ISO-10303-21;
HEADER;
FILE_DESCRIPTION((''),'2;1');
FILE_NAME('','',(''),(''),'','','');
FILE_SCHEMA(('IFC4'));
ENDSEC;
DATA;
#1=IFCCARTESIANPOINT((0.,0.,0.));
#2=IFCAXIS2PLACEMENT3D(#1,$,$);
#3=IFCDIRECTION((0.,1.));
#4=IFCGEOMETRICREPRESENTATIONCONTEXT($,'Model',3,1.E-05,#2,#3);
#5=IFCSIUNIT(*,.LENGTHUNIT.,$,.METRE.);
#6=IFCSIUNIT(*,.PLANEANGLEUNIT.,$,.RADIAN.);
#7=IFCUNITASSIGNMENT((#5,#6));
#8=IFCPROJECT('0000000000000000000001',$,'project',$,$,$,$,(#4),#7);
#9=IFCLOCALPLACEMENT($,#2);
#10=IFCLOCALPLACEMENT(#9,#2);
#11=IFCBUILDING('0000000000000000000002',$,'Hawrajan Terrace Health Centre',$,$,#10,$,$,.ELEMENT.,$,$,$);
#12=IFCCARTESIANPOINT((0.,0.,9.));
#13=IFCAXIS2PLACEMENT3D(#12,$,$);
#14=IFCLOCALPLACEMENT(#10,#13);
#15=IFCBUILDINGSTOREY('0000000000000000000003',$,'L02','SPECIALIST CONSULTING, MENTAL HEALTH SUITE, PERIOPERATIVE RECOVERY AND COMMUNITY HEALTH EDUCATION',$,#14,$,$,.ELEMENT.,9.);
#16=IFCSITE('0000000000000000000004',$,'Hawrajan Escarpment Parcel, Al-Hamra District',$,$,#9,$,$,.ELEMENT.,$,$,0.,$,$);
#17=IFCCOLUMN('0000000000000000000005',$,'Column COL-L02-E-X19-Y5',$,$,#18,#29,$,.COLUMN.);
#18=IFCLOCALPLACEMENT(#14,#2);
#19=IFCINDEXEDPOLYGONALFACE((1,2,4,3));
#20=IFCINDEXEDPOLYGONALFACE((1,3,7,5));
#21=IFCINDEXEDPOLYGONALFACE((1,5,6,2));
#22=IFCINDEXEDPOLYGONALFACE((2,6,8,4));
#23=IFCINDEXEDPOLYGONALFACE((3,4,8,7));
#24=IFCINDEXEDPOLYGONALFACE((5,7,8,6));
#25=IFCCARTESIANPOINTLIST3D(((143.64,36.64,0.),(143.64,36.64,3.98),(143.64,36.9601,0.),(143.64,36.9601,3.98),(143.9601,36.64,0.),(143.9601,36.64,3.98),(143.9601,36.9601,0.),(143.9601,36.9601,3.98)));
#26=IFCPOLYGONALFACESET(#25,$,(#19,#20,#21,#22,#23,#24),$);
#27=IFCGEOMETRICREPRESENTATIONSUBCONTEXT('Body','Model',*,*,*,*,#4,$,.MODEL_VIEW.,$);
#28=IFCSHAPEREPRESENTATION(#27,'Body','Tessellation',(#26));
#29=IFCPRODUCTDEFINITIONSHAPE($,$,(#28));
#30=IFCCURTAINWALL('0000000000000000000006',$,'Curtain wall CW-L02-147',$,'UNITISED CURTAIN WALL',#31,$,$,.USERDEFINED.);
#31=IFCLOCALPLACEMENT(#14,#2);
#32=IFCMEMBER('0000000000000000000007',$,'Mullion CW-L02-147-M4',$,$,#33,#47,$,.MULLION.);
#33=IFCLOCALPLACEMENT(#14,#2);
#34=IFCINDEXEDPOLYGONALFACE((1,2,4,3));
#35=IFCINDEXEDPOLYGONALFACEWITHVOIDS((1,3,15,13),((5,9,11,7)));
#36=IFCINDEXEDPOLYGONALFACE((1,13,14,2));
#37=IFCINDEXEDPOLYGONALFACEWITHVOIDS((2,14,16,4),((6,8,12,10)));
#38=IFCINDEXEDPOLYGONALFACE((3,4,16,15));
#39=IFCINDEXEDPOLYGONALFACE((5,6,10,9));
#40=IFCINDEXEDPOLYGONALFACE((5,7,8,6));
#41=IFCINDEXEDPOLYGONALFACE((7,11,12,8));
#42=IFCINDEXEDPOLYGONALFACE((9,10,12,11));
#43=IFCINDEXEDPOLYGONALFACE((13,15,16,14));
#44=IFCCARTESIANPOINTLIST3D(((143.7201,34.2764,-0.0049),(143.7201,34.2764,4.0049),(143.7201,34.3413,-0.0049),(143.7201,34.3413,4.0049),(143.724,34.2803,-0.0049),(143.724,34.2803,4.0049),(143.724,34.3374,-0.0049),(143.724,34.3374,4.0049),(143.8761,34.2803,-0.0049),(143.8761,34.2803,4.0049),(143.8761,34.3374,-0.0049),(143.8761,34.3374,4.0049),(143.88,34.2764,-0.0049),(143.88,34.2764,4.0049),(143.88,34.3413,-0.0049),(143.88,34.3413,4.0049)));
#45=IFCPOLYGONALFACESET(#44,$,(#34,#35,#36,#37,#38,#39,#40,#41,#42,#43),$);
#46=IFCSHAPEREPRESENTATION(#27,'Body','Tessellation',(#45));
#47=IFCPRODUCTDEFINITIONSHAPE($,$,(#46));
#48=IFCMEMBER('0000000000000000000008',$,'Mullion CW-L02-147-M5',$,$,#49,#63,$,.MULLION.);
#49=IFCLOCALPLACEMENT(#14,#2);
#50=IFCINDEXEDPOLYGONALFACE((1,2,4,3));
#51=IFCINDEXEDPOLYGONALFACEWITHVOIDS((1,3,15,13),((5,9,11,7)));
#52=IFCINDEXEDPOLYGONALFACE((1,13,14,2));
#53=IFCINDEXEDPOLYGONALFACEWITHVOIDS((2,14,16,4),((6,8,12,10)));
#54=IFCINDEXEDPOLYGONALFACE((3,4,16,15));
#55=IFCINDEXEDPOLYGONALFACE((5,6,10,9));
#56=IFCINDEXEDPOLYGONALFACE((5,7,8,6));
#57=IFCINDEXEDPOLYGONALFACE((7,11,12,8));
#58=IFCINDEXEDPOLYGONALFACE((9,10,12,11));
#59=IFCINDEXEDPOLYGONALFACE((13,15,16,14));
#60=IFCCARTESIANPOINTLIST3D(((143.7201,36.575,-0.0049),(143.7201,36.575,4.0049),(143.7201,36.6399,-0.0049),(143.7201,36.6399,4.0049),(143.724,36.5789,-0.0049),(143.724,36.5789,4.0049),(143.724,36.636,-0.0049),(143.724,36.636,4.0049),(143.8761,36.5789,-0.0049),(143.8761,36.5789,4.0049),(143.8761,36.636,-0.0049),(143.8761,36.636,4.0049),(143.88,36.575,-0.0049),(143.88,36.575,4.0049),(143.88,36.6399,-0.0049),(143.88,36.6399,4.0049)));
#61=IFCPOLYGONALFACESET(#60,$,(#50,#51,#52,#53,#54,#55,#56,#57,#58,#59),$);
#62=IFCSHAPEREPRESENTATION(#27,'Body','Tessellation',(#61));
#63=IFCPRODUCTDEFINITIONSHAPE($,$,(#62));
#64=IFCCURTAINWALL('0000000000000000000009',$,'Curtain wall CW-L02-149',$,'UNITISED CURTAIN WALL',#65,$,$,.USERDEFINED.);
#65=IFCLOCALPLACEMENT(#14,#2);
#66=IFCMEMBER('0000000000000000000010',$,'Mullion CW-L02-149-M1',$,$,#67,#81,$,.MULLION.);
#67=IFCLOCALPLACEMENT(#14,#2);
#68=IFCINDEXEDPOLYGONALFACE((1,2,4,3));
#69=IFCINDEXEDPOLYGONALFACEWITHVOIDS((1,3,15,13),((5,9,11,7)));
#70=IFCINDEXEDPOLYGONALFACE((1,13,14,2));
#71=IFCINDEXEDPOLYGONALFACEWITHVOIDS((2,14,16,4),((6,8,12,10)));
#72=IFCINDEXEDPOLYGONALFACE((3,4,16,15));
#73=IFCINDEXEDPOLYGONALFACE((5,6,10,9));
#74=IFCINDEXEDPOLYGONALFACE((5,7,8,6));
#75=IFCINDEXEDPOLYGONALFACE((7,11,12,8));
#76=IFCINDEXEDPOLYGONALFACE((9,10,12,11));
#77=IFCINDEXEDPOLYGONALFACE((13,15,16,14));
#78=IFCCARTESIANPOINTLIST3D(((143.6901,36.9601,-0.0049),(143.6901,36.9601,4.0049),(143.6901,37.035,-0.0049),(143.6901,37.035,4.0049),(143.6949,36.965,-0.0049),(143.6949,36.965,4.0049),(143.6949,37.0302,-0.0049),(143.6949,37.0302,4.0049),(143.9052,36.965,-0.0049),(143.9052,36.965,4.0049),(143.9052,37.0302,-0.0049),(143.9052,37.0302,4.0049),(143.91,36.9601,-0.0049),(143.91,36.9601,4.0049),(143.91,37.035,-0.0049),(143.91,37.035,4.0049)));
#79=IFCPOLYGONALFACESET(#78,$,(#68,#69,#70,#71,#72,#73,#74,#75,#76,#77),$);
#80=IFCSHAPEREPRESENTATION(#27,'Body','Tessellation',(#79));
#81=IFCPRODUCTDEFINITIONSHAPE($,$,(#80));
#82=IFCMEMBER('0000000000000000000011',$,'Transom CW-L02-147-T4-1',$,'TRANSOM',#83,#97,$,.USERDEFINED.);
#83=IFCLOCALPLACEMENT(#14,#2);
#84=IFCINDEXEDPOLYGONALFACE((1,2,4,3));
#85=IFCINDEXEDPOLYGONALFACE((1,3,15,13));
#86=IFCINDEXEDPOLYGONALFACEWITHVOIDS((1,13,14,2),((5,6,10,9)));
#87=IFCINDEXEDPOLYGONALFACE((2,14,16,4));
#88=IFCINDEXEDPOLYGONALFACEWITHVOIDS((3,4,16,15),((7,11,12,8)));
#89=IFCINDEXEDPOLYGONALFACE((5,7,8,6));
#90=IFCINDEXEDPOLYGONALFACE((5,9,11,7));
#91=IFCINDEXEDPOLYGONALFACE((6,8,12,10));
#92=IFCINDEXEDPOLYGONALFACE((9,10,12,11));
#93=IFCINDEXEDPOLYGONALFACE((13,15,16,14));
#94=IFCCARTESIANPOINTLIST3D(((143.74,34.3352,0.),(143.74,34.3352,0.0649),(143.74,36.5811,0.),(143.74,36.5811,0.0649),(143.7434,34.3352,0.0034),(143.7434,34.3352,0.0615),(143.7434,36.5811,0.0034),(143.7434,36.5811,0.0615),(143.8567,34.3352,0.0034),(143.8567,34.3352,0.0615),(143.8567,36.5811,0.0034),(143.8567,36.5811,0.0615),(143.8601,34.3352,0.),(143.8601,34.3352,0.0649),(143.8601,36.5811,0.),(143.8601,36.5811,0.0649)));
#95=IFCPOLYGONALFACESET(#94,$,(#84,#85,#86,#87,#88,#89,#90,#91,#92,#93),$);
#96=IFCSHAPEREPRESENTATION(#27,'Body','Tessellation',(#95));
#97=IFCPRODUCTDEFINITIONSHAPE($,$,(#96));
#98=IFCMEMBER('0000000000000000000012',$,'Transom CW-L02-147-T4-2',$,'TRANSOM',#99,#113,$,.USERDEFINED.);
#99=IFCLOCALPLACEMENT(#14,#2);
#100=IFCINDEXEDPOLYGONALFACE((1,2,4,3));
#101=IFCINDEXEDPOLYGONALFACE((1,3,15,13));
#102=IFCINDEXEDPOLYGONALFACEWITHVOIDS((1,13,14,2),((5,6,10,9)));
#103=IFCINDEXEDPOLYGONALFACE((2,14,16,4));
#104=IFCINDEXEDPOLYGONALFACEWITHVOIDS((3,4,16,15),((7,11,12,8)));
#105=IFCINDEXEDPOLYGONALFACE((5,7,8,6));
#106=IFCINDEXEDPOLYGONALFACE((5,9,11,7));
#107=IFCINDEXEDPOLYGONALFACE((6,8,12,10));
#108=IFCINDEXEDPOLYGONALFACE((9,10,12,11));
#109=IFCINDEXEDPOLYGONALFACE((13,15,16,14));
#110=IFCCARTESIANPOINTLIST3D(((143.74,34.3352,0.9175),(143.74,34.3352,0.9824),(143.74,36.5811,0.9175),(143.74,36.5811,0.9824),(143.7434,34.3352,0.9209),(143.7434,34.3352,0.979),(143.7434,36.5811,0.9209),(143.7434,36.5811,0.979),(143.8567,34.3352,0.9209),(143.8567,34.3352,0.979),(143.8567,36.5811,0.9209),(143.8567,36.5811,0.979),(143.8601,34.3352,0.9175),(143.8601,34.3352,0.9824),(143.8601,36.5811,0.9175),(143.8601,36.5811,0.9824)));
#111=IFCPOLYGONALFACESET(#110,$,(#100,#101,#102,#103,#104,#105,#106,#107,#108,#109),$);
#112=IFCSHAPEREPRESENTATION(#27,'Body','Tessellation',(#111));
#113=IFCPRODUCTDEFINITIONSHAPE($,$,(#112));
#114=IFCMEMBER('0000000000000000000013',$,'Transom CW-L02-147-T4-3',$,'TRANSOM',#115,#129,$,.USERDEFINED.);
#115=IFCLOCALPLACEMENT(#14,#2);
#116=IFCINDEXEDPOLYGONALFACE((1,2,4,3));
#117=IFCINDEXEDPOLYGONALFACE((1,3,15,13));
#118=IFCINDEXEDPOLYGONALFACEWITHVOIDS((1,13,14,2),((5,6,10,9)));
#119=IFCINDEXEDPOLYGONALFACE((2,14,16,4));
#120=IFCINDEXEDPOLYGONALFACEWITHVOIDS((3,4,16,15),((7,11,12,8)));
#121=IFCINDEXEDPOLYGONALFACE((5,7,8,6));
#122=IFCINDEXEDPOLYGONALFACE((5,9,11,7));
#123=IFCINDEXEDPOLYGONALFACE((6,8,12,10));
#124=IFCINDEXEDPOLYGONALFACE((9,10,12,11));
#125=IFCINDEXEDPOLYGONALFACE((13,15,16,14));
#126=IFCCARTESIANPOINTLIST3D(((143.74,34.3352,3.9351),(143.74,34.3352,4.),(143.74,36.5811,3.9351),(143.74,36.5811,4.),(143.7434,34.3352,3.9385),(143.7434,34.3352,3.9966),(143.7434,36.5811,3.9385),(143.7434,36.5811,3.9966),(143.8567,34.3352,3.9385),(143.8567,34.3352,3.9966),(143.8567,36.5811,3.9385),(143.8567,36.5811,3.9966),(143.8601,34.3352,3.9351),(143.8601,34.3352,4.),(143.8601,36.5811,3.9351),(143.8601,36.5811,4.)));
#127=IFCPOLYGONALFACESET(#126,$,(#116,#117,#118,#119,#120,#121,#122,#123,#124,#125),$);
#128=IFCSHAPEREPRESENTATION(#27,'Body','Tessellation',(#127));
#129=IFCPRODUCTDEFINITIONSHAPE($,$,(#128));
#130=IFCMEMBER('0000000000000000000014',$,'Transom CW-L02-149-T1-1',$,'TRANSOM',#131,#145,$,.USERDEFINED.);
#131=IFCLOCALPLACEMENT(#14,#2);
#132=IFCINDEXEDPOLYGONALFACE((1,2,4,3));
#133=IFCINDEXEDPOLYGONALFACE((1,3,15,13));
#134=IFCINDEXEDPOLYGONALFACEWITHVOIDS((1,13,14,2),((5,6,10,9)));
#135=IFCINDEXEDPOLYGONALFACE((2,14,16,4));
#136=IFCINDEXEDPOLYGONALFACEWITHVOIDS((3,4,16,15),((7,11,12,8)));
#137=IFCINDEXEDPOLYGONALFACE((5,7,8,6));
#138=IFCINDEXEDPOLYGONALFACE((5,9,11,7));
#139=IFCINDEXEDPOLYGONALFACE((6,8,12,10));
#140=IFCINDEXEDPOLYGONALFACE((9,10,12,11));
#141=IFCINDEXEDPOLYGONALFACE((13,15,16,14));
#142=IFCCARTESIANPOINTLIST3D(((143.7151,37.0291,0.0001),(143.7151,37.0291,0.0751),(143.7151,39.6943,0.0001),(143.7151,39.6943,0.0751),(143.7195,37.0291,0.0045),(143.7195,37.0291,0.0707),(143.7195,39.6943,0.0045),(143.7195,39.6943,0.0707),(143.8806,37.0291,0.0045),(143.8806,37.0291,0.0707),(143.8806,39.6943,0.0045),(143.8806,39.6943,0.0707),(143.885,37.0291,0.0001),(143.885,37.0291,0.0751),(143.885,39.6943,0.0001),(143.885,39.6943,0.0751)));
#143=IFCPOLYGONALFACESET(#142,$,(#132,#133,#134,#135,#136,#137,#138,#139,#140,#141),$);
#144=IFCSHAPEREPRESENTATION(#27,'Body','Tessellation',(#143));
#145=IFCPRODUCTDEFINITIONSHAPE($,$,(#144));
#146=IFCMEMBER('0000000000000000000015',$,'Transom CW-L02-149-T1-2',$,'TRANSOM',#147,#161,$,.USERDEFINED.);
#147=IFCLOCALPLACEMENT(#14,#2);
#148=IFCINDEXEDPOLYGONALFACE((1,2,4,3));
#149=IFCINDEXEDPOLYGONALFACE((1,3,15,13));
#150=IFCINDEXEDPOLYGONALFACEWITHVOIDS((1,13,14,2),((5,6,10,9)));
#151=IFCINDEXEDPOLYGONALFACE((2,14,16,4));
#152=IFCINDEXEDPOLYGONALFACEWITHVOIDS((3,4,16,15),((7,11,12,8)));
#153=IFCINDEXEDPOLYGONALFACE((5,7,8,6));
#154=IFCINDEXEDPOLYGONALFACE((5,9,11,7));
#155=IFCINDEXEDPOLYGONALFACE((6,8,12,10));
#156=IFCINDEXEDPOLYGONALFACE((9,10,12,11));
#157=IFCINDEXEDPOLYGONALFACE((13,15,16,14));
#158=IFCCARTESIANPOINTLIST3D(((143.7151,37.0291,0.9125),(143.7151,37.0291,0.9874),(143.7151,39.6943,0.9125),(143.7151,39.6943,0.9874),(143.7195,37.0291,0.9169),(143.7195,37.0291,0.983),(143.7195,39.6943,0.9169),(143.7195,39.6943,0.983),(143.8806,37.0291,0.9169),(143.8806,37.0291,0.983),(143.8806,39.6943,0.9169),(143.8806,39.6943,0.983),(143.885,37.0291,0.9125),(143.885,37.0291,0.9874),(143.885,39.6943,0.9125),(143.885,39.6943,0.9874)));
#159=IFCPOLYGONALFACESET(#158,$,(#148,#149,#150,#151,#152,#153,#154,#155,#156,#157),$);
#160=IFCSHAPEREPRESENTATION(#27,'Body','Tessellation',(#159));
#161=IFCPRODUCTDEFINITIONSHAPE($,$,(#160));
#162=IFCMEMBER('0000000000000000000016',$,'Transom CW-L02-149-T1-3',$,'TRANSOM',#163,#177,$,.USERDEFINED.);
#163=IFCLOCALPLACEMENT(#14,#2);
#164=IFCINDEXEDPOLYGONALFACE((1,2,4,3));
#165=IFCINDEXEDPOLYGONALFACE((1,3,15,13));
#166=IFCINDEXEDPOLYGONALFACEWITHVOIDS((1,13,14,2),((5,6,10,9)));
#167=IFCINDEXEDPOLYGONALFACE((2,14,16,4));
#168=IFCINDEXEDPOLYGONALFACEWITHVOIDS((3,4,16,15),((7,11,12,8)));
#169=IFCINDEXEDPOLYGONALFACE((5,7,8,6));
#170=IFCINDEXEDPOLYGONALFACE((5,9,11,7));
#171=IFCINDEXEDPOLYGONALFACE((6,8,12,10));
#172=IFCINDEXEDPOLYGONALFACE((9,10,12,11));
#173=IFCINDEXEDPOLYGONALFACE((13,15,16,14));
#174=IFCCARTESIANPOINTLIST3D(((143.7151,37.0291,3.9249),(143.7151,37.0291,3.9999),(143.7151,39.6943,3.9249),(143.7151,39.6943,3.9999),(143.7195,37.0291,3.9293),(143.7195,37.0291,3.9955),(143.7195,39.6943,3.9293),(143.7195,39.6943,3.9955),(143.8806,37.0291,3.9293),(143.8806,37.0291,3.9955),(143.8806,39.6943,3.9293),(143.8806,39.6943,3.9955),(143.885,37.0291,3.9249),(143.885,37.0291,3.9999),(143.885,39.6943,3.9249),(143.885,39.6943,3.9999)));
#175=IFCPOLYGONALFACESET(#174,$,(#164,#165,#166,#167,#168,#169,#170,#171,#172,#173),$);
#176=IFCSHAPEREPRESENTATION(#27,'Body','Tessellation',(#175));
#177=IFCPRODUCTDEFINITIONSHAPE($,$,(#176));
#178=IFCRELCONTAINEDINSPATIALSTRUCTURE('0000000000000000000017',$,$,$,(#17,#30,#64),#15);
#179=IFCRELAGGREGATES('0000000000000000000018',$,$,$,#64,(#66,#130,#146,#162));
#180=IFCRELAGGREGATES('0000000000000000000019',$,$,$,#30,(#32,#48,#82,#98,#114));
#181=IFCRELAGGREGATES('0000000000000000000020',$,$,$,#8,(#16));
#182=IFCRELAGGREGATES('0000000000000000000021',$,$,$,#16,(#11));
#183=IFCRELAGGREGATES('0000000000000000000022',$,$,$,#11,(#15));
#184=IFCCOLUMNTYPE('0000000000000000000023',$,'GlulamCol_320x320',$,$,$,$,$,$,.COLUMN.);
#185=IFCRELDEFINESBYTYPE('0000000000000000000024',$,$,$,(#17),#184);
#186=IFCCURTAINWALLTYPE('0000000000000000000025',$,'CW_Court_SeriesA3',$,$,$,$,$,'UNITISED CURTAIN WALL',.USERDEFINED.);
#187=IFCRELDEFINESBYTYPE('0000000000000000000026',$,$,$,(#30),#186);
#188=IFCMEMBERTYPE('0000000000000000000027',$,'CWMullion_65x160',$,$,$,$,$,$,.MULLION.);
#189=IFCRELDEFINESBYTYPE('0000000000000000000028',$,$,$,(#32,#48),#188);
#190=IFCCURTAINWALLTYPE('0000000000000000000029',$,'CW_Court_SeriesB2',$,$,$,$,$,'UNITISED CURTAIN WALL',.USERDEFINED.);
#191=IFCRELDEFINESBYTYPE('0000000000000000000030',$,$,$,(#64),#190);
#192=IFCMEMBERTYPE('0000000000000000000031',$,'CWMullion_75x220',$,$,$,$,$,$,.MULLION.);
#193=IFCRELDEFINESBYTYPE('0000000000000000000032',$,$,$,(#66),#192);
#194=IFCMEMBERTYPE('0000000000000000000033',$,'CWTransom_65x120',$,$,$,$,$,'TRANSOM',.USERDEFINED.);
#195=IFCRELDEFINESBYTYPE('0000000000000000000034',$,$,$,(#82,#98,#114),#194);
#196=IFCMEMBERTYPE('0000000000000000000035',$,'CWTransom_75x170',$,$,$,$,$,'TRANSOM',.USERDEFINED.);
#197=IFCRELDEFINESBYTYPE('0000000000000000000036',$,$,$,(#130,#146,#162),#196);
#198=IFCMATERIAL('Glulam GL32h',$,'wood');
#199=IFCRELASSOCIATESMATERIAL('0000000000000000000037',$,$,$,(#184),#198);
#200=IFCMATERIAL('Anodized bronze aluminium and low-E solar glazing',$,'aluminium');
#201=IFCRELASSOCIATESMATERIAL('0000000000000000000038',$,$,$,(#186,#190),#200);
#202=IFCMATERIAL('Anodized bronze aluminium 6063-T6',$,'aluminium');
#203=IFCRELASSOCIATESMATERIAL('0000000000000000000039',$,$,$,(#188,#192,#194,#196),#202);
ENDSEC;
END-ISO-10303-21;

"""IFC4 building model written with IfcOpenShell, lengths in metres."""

from ifc_helpers import new_model, si_unit, direction, frame, origin, origin_2d, place, context, subcontext, project, spatial, rectangle, hollow_rectangle, extrude, material, material_profile, profile_set, type_object, element, aggregate, save


model = new_model("IFC4")

# Units and contexts
model_context = context("Model", 3, precision=1e-05, world=origin(), true_north=direction((0.0, 1.0)))
body_context = subcontext(model_context, "Body", "Model", "MODEL_VIEW")
ifc_project = project(units=[si_unit("LENGTHUNIT", "METRE"), si_unit("PLANEANGLEUNIT", "RADIAN")], contexts=[model_context])

# Site, building, storey
site_placement = place(None, origin())
site = spatial("IfcSite", under=ifc_project, at=site_placement, Name="Hawrajan Escarpment Parcel, Al-Hamra District", CompositionType="ELEMENT", RefElevation=0.0)
building_placement = place(site_placement, origin())
building = spatial("IfcBuilding", under=site, at=building_placement, Name="Hawrajan Terrace Health Centre", CompositionType="ELEMENT")
storey_placement = place(building_placement, frame((0.0, 0.0, 9.0)))
storey = spatial("IfcBuildingStorey", under=building, at=storey_placement, Name="L02", Description="SPECIALIST CONSULTING, MENTAL HEALTH SUITE, PERIOPERATIVE RECOVERY AND COMMUNITY HEALTH EDUCATION", CompositionType="ELEMENT", Elevation=9.0)

# Column
ifc_material_1 = material(Name="Glulam GL32h", Category="wood")
ifc_material_profile_1 = material_profile(ifc_material_1, rectangle(XDim=0.3201, YDim=0.3201, at=origin_2d()), Name="GL 320x320")
ifc_profile_set_1 = profile_set([ifc_material_profile_1], Name="Glulam GL32h")
column_type = type_object("IfcColumnType", Name="GlulamCol_320x320", PredefinedType="COLUMN", material=ifc_profile_set_1)
column_placement = place(storey_placement, frame((143.8, 36.8, 0.0), z_axis=(0.0, 0.0, 1.0), x_axis=(1.0, 0.0, 0.0)))
element("IfcColumn", 1, at=column_placement, inside=storey, type_object=column_type, Name="Column COL-L02-E-X19-Y5", PredefinedType="COLUMN", context=body_context, shape_type="SweptSolid", body=[
    extrude(rectangle(XDim=0.3201, YDim=0.3201, at=origin_2d()), origin(), (0.0, 0.0, 1.0), 3.98),
])

# Curtain wall, members
ifc_material_2 = material(Name="Anodized bronze aluminium and low-E solar glazing", Category="aluminium")
curtain_wall_type_1 = type_object("IfcCurtainWallType", Name="CW_Court_SeriesA3", ElementType="UNITISED CURTAIN WALL", PredefinedType="USERDEFINED", material=ifc_material_2)
curtain_wall_1_placement = place(storey_placement, origin())
curtain_wall_1 = element("IfcCurtainWall", 2, at=curtain_wall_1_placement, inside=storey, type_object=curtain_wall_type_1, Name="Curtain wall CW-L02-147", ObjectType="UNITISED CURTAIN WALL", PredefinedType="USERDEFINED")
ifc_material_3 = material(Name="Anodized bronze aluminium 6063-T6", Category="aluminium")
ifc_material_profile_2 = material_profile(ifc_material_3, hollow_rectangle(XDim=0.0649, YDim=0.1599, WallThickness=0.0039, at=origin_2d()), Name="CW MUL 65x160")
ifc_profile_set_2 = profile_set([ifc_material_profile_2], Name="Anodized bronze aluminium 6063-T6")
member_type_1 = type_object("IfcMemberType", Name="CWMullion_65x160", PredefinedType="MULLION", material=ifc_profile_set_2)
member_1_placement = place(storey_placement, frame((143.8, 34.3088, -0.0049), z_axis=(0.0, 0.0, 1.0), x_axis=(0.0, 1.0, 0.0)))
member_1 = element("IfcMember", 3, at=member_1_placement, type_object=member_type_1, Name="Mullion CW-L02-147-M4", PredefinedType="MULLION", context=body_context, shape_type="SweptSolid", body=[
    extrude(hollow_rectangle(XDim=0.0649, YDim=0.1599, WallThickness=0.0039, at=origin_2d()), origin(), (0.0, 0.0, 1.0), 4.0098),
])
member_2_placement = place(storey_placement, frame((143.8, 36.6074, -0.0049), z_axis=(0.0, 0.0, 1.0), x_axis=(0.0, 1.0, 0.0)))
member_2 = element("IfcMember", 4, at=member_2_placement, type_object=member_type_1, Name="Mullion CW-L02-147-M5", PredefinedType="MULLION", context=body_context, shape_type="SweptSolid", body=[
    extrude(hollow_rectangle(XDim=0.0649, YDim=0.1599, WallThickness=0.0039, at=origin_2d()), origin(), (0.0, 0.0, 1.0), 4.0098),
])

# Curtain wall, member
curtain_wall_type_2 = type_object("IfcCurtainWallType", Name="CW_Court_SeriesB2", ElementType="UNITISED CURTAIN WALL", PredefinedType="USERDEFINED", material=ifc_material_2)
curtain_wall_2_placement = place(storey_placement, origin())
curtain_wall_2 = element("IfcCurtainWall", 5, at=curtain_wall_2_placement, inside=storey, type_object=curtain_wall_type_2, Name="Curtain wall CW-L02-149", ObjectType="UNITISED CURTAIN WALL", PredefinedType="USERDEFINED")
ifc_material_profile_3 = material_profile(ifc_material_3, hollow_rectangle(XDim=0.075, YDim=0.22, WallThickness=0.0049, at=origin_2d()), Name="CW MUL 75x220")
ifc_profile_set_3 = profile_set([ifc_material_profile_3], Name="Anodized bronze aluminium 6063-T6")
member_type_2 = type_object("IfcMemberType", Name="CWMullion_75x220", PredefinedType="MULLION", material=ifc_profile_set_3)
member_3_placement = place(storey_placement, frame((143.8, 36.9976, -0.0049), z_axis=(0.0, 0.0, 1.0), x_axis=(0.0, 1.0, 0.0)))
member_3 = element("IfcMember", 6, at=member_3_placement, type_object=member_type_2, Name="Mullion CW-L02-149-M1", PredefinedType="MULLION", context=body_context, shape_type="SweptSolid", body=[
    extrude(hollow_rectangle(XDim=0.075, YDim=0.22, WallThickness=0.0049, at=origin_2d()), origin(), (0.0, 0.0, 1.0), 4.0098),
])

# Members
ifc_material_profile_4 = material_profile(ifc_material_3, hollow_rectangle(XDim=0.0649, YDim=0.1201, WallThickness=0.0034, at=origin_2d()), Name="CW TRN 65x120")
ifc_profile_set_4 = profile_set([ifc_material_profile_4], Name="Anodized bronze aluminium 6063-T6")
member_type_3 = type_object("IfcMemberType", Name="CWTransom_65x120", ElementType="TRANSOM", PredefinedType="USERDEFINED", material=ifc_profile_set_4)
member_4_placement = place(storey_placement, frame((143.8, 34.3352, 0.0325), z_axis=(0.0, 1.0, 0.0), x_axis=(0.0, 0.0, 1.0)))
member_4 = element("IfcMember", 7, at=member_4_placement, type_object=member_type_3, Name="Transom CW-L02-147-T4-1", ObjectType="TRANSOM", PredefinedType="USERDEFINED", context=body_context, shape_type="SweptSolid", body=[
    extrude(hollow_rectangle(XDim=0.0649, YDim=0.1201, WallThickness=0.0034, at=origin_2d()), origin(), (0.0, 0.0, 1.0), 2.2458),
])
member_5_placement = place(storey_placement, frame((143.8, 34.3352, 0.95), z_axis=(0.0, 1.0, 0.0), x_axis=(0.0, 0.0, 1.0)))
member_5 = element("IfcMember", 8, at=member_5_placement, type_object=member_type_3, Name="Transom CW-L02-147-T4-2", ObjectType="TRANSOM", PredefinedType="USERDEFINED", context=body_context, shape_type="SweptSolid", body=[
    extrude(hollow_rectangle(XDim=0.0649, YDim=0.1201, WallThickness=0.0034, at=origin_2d()), origin(), (0.0, 0.0, 1.0), 2.2458),
])
member_6_placement = place(storey_placement, frame((143.8, 34.3352, 3.9675), z_axis=(0.0, 1.0, 0.0), x_axis=(0.0, 0.0, 1.0)))
member_6 = element("IfcMember", 9, at=member_6_placement, type_object=member_type_3, Name="Transom CW-L02-147-T4-3", ObjectType="TRANSOM", PredefinedType="USERDEFINED", context=body_context, shape_type="SweptSolid", body=[
    extrude(hollow_rectangle(XDim=0.0649, YDim=0.1201, WallThickness=0.0034, at=origin_2d()), origin(), (0.0, 0.0, 1.0), 2.2458),
])
ifc_material_profile_5 = material_profile(ifc_material_3, hollow_rectangle(XDim=0.075, YDim=0.1699, WallThickness=0.0044, at=origin_2d()), Name="CW TRN 75x170")
ifc_profile_set_5 = profile_set([ifc_material_profile_5], Name="Anodized bronze aluminium 6063-T6")
member_type_4 = type_object("IfcMemberType", Name="CWTransom_75x170", ElementType="TRANSOM", PredefinedType="USERDEFINED", material=ifc_profile_set_5)
member_7_placement = place(storey_placement, frame((143.8, 37.0291, 0.0376), z_axis=(0.0, 1.0, 0.0), x_axis=(0.0, 0.0, 1.0)))
member_7 = element("IfcMember", 10, at=member_7_placement, type_object=member_type_4, Name="Transom CW-L02-149-T1-1", ObjectType="TRANSOM", PredefinedType="USERDEFINED", context=body_context, shape_type="SweptSolid", body=[
    extrude(hollow_rectangle(XDim=0.075, YDim=0.1699, WallThickness=0.0044, at=origin_2d()), origin(), (0.0, 0.0, 1.0), 2.6653),
])
member_8_placement = place(storey_placement, frame((143.8, 37.0291, 0.95), z_axis=(0.0, 1.0, 0.0), x_axis=(0.0, 0.0, 1.0)))
member_8 = element("IfcMember", 11, at=member_8_placement, type_object=member_type_4, Name="Transom CW-L02-149-T1-2", ObjectType="TRANSOM", PredefinedType="USERDEFINED", context=body_context, shape_type="SweptSolid", body=[
    extrude(hollow_rectangle(XDim=0.075, YDim=0.1699, WallThickness=0.0044, at=origin_2d()), origin(), (0.0, 0.0, 1.0), 2.6653),
])
member_9_placement = place(storey_placement, frame((143.8, 37.0291, 3.9624), z_axis=(0.0, 1.0, 0.0), x_axis=(0.0, 0.0, 1.0)))
member_9 = element("IfcMember", 12, at=member_9_placement, type_object=member_type_4, Name="Transom CW-L02-149-T1-3", ObjectType="TRANSOM", PredefinedType="USERDEFINED", context=body_context, shape_type="SweptSolid", body=[
    extrude(hollow_rectangle(XDim=0.075, YDim=0.1699, WallThickness=0.0044, at=origin_2d()), origin(), (0.0, 0.0, 1.0), 2.6653),
])
aggregate(curtain_wall_2, [member_3, member_7, member_8, member_9])

aggregate(curtain_wall_1, [member_1, member_2, member_4, member_5, member_6])

save(model, "model.ifc")
